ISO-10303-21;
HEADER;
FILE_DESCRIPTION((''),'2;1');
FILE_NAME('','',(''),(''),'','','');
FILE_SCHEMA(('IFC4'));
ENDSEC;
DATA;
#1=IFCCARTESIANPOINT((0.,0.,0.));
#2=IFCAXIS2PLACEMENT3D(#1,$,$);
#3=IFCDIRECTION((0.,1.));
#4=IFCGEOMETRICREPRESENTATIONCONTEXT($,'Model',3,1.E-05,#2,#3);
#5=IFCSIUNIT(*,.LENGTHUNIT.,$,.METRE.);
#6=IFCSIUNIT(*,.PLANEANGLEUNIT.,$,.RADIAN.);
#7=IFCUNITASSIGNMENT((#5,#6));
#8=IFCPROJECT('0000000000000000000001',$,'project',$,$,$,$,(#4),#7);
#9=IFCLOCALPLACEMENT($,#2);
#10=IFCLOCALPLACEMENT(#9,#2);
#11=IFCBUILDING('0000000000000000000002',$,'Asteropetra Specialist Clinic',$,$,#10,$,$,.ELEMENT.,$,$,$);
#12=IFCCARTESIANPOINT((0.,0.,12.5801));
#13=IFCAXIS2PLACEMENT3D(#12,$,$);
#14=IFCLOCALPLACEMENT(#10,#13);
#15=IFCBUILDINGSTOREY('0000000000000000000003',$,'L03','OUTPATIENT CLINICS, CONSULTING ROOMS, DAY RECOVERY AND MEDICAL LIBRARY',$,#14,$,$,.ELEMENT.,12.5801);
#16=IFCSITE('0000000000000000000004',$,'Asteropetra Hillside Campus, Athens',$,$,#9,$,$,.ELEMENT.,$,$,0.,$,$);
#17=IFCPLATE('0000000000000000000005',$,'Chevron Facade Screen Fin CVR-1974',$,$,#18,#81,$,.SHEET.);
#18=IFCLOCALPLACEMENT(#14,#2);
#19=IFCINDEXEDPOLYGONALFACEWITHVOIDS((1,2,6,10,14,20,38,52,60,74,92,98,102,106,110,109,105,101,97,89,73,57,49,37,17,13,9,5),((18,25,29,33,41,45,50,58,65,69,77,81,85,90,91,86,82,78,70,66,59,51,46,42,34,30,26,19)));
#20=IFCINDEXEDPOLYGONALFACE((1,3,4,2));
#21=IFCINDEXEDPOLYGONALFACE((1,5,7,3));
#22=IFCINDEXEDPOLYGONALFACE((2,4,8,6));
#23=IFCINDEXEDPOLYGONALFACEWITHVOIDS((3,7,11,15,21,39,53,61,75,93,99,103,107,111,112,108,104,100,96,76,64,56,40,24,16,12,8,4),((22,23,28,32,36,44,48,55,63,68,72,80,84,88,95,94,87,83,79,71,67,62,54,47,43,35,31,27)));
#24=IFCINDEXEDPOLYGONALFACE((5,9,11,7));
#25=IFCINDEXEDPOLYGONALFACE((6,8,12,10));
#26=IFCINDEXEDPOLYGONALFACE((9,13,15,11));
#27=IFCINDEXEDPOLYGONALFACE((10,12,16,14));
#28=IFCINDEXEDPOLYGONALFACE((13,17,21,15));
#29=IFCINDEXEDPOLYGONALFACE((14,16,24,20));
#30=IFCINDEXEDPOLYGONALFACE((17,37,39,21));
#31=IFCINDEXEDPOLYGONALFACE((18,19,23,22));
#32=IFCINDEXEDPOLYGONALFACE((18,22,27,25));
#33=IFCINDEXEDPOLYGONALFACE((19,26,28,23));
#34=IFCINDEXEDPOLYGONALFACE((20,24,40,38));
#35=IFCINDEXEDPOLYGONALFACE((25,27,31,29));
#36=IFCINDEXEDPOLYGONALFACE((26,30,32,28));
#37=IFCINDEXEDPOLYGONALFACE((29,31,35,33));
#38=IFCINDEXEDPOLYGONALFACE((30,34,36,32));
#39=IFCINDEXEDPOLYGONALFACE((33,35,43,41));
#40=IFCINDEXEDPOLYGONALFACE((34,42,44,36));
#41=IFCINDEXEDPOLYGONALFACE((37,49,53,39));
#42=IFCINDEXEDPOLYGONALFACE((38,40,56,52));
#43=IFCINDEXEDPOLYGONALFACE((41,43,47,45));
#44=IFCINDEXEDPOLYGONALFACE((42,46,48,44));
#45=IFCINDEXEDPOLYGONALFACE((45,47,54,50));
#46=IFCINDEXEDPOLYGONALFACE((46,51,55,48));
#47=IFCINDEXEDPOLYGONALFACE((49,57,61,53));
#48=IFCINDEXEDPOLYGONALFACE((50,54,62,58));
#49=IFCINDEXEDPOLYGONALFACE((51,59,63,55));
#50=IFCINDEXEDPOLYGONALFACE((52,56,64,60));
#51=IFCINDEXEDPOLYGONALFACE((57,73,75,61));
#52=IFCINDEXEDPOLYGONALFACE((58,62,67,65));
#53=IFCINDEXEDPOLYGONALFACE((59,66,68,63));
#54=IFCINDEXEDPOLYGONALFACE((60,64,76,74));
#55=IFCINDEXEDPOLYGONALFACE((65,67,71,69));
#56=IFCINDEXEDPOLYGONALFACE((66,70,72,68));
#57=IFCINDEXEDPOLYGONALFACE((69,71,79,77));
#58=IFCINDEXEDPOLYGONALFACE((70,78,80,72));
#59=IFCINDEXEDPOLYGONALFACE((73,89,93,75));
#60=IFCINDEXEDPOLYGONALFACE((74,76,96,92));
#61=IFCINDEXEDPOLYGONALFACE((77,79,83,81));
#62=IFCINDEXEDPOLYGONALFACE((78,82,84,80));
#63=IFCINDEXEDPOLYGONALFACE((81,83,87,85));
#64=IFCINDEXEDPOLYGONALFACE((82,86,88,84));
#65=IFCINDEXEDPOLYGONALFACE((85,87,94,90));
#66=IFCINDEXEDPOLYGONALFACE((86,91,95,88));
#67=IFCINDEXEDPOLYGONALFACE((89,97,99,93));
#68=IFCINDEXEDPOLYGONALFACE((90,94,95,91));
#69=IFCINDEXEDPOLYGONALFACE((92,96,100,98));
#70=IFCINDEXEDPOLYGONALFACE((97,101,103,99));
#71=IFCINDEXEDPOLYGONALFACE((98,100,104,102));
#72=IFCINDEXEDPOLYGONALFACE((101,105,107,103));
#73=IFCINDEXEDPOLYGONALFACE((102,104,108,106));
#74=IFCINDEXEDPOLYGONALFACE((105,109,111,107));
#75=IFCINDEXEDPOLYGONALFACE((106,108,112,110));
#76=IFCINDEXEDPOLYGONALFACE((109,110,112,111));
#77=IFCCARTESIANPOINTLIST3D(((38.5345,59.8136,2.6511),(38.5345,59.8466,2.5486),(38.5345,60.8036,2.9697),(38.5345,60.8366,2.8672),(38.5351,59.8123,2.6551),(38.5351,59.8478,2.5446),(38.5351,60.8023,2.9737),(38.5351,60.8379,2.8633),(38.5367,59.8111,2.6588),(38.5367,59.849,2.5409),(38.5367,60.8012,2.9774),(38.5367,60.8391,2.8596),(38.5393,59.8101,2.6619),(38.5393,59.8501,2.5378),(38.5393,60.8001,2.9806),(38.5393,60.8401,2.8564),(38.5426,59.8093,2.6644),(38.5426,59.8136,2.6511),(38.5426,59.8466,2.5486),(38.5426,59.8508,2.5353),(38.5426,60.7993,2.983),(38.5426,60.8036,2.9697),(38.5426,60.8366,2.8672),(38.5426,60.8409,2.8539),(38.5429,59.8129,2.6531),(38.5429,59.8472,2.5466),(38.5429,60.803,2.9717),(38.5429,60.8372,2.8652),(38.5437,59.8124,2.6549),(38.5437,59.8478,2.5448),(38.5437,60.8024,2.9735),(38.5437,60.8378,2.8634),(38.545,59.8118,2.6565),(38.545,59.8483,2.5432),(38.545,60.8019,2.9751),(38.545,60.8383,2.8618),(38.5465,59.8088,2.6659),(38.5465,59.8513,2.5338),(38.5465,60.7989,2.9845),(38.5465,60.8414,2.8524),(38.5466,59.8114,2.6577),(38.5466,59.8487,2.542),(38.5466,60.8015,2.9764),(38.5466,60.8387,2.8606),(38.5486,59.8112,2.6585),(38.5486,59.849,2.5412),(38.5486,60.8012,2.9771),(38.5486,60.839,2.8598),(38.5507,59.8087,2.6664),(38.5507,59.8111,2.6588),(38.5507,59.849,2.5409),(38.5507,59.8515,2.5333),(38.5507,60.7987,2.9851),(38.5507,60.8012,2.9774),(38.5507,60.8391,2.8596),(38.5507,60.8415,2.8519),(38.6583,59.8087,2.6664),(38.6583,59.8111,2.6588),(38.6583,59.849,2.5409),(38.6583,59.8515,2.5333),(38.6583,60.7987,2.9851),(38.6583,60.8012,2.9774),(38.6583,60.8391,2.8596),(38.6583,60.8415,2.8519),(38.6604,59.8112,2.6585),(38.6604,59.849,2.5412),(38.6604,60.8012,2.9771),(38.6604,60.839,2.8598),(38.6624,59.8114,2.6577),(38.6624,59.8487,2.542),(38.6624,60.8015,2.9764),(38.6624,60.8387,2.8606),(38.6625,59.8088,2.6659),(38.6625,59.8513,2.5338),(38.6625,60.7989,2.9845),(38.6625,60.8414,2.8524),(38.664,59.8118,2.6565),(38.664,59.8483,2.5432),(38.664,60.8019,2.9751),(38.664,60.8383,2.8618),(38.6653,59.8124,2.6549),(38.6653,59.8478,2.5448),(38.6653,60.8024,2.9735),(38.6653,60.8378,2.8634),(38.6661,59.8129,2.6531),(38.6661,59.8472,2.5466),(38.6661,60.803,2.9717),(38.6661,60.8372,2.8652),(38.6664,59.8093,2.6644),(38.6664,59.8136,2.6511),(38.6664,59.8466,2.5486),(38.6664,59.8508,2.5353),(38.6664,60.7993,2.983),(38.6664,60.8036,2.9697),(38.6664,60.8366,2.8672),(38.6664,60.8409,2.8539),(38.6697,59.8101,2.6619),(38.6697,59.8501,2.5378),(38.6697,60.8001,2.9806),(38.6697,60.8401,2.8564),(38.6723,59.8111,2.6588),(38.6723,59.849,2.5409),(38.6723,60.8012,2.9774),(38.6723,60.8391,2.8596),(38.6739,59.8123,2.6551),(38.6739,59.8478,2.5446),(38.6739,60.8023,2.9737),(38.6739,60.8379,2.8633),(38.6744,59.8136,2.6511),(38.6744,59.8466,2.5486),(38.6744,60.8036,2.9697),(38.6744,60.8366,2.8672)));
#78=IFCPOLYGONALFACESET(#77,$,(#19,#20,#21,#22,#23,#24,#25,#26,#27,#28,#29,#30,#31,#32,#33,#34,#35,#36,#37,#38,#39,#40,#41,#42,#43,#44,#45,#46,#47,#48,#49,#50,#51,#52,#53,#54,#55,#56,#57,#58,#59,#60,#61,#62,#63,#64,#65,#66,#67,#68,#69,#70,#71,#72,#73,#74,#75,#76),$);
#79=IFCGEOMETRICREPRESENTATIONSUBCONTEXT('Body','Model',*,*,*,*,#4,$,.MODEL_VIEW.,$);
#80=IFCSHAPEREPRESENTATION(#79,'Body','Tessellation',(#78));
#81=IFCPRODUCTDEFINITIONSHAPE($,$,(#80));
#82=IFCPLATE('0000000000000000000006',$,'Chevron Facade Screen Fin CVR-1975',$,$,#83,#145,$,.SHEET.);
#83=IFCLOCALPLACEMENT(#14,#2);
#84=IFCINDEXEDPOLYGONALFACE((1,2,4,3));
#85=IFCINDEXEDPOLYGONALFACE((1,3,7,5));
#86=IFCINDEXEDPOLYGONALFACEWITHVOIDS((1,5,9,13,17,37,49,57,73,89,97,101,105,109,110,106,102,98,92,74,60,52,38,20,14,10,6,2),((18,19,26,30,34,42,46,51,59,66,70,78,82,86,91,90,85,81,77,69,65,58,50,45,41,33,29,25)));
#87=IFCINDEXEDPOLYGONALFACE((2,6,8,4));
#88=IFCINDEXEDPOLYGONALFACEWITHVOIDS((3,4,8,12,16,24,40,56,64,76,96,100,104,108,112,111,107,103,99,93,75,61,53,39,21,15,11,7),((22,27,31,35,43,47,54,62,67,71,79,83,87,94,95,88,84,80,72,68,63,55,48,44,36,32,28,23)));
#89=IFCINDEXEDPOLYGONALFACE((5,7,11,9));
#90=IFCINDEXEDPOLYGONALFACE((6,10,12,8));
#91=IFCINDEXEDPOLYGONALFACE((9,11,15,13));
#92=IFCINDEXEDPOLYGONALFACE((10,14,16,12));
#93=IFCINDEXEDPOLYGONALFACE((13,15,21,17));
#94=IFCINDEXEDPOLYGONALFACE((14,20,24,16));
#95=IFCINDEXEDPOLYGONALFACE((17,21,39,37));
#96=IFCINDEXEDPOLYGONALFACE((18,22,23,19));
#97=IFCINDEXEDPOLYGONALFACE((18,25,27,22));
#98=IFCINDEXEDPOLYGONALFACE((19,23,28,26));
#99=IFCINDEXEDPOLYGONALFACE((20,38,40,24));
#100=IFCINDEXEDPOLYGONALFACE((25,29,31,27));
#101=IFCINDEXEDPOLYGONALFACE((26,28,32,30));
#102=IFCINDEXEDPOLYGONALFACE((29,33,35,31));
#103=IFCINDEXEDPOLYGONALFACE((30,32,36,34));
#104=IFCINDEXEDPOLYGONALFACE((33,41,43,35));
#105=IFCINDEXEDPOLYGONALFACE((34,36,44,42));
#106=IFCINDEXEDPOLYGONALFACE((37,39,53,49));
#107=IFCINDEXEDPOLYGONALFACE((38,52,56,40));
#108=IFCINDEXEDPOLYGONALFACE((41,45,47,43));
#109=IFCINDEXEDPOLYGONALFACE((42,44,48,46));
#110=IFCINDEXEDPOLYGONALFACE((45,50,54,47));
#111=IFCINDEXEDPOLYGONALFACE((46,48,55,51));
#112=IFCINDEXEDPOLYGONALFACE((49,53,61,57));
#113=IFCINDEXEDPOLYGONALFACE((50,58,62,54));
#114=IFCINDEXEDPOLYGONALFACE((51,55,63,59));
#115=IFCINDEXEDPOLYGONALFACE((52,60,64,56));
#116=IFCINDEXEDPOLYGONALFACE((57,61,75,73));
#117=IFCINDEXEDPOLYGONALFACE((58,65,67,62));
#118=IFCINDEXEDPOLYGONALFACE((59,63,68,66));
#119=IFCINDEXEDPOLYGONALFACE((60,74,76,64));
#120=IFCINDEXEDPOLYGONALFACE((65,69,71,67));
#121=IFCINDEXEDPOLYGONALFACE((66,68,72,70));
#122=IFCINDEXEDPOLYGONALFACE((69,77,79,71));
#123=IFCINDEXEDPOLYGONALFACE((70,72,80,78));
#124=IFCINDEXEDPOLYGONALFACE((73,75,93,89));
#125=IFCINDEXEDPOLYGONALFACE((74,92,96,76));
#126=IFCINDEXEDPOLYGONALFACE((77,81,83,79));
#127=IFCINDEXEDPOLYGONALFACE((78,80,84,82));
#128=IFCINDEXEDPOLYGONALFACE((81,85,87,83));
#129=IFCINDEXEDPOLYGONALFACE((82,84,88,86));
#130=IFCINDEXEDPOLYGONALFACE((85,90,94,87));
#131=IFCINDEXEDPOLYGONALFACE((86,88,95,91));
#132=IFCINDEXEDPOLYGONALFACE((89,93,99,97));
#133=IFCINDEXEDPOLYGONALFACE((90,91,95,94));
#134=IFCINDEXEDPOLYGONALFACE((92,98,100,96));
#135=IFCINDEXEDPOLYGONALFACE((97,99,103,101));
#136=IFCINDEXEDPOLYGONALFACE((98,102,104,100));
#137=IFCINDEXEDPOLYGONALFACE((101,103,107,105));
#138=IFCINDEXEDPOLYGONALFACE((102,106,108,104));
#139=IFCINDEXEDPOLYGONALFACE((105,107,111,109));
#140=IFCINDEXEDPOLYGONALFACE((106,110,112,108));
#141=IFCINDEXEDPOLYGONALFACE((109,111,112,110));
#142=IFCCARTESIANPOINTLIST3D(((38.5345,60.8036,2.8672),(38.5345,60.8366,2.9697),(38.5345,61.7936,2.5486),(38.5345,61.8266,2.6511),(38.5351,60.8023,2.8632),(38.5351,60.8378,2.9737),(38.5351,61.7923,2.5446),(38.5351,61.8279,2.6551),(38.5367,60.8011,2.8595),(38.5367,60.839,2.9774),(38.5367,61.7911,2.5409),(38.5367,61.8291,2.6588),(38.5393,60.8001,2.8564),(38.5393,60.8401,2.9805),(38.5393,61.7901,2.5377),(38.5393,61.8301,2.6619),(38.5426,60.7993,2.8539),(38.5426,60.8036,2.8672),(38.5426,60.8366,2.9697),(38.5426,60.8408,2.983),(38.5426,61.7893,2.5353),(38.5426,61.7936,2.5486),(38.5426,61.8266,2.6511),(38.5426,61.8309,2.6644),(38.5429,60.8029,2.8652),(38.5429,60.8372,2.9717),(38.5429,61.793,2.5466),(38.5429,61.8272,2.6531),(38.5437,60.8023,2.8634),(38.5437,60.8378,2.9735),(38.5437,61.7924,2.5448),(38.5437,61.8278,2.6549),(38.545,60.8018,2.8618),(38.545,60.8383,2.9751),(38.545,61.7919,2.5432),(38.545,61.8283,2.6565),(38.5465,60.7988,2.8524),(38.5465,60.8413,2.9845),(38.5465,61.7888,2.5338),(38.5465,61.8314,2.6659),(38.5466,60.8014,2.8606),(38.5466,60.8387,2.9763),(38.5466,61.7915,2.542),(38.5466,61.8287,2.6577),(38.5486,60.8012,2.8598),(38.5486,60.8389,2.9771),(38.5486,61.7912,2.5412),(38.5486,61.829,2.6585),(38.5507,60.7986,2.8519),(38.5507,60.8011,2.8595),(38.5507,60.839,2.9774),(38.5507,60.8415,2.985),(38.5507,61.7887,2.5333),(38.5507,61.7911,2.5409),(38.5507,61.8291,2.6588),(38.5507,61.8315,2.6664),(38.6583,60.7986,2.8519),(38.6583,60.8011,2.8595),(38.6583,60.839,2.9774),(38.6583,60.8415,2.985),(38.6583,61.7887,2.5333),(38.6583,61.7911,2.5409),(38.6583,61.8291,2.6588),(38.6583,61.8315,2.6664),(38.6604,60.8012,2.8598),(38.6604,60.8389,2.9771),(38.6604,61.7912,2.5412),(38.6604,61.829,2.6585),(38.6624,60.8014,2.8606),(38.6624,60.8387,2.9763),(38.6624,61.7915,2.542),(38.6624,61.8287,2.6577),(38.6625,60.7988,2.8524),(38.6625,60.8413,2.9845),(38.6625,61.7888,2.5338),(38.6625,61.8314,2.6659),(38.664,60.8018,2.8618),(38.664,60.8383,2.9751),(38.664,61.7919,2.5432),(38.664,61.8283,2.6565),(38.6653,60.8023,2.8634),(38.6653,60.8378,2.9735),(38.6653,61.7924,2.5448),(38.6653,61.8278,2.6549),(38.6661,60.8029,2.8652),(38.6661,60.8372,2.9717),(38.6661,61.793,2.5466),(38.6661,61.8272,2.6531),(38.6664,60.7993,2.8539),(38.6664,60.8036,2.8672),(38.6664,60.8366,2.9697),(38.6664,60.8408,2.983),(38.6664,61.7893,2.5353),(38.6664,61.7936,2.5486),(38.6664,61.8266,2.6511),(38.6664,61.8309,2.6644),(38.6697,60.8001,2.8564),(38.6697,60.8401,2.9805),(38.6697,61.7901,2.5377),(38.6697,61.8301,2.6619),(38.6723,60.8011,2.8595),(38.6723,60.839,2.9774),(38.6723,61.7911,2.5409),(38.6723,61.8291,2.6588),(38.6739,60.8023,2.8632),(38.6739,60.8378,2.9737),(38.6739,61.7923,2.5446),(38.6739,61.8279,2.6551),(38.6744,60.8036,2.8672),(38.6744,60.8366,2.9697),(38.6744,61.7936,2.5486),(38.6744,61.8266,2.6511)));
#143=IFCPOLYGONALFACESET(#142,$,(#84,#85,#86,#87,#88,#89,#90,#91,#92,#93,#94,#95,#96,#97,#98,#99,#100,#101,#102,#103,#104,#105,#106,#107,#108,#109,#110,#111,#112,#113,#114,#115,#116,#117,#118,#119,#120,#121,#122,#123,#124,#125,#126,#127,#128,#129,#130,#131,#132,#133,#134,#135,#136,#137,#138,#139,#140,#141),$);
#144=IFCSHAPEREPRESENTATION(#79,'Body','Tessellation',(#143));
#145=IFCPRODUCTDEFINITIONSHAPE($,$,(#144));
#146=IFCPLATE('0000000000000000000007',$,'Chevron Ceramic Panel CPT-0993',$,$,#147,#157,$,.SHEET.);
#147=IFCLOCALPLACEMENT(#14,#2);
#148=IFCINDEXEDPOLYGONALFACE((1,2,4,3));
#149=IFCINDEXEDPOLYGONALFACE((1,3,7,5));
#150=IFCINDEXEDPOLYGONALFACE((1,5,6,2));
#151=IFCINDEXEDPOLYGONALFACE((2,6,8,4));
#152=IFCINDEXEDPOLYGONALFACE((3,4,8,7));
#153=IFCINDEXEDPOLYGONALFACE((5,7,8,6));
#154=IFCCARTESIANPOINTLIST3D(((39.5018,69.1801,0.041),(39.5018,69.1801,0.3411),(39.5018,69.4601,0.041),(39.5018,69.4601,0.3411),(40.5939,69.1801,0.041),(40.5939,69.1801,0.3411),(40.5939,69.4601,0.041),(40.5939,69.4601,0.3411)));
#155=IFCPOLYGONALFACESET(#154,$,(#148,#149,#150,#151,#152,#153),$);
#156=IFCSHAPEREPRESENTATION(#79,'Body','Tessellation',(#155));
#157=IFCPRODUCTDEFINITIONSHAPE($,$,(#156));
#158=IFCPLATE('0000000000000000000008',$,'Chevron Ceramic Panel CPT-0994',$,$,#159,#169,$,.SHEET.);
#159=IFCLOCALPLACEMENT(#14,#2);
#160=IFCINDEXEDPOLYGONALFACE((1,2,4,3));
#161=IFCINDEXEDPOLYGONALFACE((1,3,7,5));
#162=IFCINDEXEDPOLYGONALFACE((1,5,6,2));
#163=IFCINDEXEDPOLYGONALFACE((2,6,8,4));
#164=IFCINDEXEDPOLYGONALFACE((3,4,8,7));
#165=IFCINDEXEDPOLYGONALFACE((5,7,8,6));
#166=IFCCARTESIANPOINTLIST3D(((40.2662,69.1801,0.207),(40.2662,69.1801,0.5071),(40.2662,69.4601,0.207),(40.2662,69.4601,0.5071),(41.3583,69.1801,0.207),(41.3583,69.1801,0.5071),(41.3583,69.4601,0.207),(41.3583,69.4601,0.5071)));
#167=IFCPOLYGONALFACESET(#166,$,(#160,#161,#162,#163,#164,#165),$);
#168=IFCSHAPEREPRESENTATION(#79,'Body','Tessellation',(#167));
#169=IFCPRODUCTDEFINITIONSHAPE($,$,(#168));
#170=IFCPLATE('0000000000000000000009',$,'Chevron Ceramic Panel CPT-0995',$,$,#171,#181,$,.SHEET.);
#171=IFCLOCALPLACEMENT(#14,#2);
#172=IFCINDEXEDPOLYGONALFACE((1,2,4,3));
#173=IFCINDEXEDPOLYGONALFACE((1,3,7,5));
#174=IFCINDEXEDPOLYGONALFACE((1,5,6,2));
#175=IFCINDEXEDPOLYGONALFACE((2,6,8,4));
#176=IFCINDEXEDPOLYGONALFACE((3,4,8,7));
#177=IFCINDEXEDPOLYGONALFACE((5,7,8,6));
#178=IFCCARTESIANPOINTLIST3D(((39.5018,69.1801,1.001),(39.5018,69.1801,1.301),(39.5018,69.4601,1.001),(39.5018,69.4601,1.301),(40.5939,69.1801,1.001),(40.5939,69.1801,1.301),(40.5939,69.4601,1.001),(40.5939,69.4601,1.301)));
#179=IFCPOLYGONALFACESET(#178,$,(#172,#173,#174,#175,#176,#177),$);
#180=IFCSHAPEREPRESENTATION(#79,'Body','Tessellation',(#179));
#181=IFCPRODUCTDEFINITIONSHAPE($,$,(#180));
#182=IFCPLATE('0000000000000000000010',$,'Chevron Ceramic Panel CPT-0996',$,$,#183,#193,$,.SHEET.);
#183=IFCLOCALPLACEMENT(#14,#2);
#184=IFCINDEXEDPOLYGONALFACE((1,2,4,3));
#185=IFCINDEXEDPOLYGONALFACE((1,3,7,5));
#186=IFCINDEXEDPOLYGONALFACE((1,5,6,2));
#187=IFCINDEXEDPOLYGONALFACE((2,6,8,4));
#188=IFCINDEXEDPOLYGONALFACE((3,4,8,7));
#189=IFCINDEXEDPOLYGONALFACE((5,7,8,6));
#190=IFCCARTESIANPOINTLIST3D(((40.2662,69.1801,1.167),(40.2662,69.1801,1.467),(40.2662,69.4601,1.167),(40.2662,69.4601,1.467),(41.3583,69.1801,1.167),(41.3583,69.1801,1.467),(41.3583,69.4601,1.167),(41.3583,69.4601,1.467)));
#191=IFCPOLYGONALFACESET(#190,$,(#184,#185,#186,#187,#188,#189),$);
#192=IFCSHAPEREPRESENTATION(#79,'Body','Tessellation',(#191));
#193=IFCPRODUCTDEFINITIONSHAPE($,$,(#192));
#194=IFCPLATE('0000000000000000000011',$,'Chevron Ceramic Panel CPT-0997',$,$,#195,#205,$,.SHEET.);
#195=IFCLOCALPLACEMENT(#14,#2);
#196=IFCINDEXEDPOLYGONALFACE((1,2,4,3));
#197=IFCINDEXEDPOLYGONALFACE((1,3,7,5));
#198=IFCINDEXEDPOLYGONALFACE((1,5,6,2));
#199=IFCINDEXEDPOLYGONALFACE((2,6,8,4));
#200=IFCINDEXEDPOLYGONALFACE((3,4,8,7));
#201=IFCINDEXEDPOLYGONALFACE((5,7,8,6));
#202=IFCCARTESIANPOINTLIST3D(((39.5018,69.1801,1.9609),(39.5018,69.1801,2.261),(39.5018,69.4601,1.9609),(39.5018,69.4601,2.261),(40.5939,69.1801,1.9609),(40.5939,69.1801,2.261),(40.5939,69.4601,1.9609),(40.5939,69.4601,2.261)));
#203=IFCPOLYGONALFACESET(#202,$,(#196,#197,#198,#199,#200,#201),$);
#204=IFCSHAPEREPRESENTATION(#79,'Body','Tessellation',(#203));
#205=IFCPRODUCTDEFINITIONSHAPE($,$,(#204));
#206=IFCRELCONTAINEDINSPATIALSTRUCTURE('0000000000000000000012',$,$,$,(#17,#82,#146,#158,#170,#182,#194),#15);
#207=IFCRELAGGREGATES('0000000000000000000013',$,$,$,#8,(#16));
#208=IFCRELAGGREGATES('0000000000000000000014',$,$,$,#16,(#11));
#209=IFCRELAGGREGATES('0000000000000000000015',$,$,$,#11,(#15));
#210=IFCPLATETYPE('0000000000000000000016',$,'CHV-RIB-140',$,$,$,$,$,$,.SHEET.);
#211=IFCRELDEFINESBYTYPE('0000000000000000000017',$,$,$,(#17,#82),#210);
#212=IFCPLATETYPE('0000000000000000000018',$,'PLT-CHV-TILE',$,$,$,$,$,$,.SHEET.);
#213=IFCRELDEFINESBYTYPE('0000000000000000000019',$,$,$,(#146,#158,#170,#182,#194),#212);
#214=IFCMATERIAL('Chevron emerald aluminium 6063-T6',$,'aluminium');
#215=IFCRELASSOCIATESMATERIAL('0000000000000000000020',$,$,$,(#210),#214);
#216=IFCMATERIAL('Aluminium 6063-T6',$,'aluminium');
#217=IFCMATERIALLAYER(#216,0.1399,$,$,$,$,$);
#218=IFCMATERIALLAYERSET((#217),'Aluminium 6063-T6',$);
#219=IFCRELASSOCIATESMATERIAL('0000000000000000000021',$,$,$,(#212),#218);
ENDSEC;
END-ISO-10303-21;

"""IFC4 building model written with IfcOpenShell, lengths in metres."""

from ifc_helpers import new_model, si_unit, direction, frame, origin, origin_2d, place, context, subcontext, project, spatial, rectangle, hollow_rectangle, extrude, material, layer, layer_set, material_profile, profile_set, type_object, element, save


model = new_model("IFC4")

# Units and contexts
model_context = context("Model", 3, precision=1e-05, world=origin(), true_north=direction((0.0, 1.0)))
body_context = subcontext(model_context, "Body", "Model", "MODEL_VIEW")
ifc_project = project(units=[si_unit("LENGTHUNIT", "METRE"), si_unit("PLANEANGLEUNIT", "RADIAN")], contexts=[model_context])

# Site, building, storey
site_placement = place(None, origin())
site = spatial("IfcSite", under=ifc_project, at=site_placement, Name="Asteropetra Hillside Campus, Athens", CompositionType="ELEMENT", RefElevation=0.0)
building_placement = place(site_placement, origin())
building = spatial("IfcBuilding", under=site, at=building_placement, Name="Asteropetra Specialist Clinic", CompositionType="ELEMENT")
storey_placement = place(building_placement, frame((0.0, 0.0, 12.5801)))
storey = spatial("IfcBuildingStorey", under=building, at=storey_placement, Name="L03", Description="OUTPATIENT CLINICS, CONSULTING ROOMS, DAY RECOVERY AND MEDICAL LIBRARY", CompositionType="ELEMENT", Elevation=12.5801)

# Plates
ifc_material_1 = material(Name="Chevron emerald aluminium 6063-T6", Category="aluminium")
ifc_material_profile_1 = material_profile(ifc_material_1, hollow_rectangle(XDim=0.1399, YDim=0.1399, WallThickness=0.0081, InnerFilletRadius=0.0081, OuterFilletRadius=0.0161, at=origin_2d()), Name="SHS 140x140x8.0")
ifc_profile_set_1 = profile_set([ifc_material_profile_1], Name="Chevron emerald aluminium 6063-T6")
plate_type_1 = type_object("IfcPlateType", Name="CHV-RIB-140", PredefinedType="SHEET", material=ifc_profile_set_1)
for number, where, z_axis, x_axis, name in (
    (1, (38.6045, 59.8301, 2.5999), (0.0, 0.951919, 0.306351), (-1.0, 0.0, 0.0), "Chevron Facade Screen Fin CVR-1974"),
    (2, (38.6045, 60.8201, 2.9185), (0.0, 0.951919, -0.306351), (-1.0, 0.0, 0.0), "Chevron Facade Screen Fin CVR-1975"),
):
    element("IfcPlate", number, at=place(storey_placement, frame(where, z_axis=z_axis, x_axis=x_axis)), inside=storey, type_object=plate_type_1, Name=name, PredefinedType="SHEET", context=body_context, shape_type="SweptSolid", body=[
        extrude(hollow_rectangle(XDim=0.1399, YDim=0.1399, WallThickness=0.0081, InnerFilletRadius=0.0081, OuterFilletRadius=0.0161, at=origin_2d()), origin(), (0.0, 0.0, 1.0), 1.04),
    ])
ifc_material_2 = material(Name="Aluminium 6063-T6", Category="aluminium")
ifc_layer_1 = layer(ifc_material_2, 0.1399)
ifc_layer_set_1 = layer_set([ifc_layer_1], Name="Aluminium 6063-T6")
plate_type_2 = type_object("IfcPlateType", Name="PLT-CHV-TILE", PredefinedType="SHEET", material=ifc_layer_set_1)
for number, where, z_axis, x_axis, name in (
    (3, (40.0479, 69.3201, 0.041), (0.0, 0.0, 1.0), (1.0, 0.0, 0.0), "Chevron Ceramic Panel CPT-0993"),
    (4, (40.8123, 69.3201, 0.207), (0.0, 0.0, 1.0), (1.0, 0.0, 0.0), "Chevron Ceramic Panel CPT-0994"),
    (5, (40.0479, 69.3201, 1.001), (0.0, 0.0, 1.0), (1.0, 0.0, 0.0), "Chevron Ceramic Panel CPT-0995"),
    (6, (40.8123, 69.3201, 1.167), (0.0, 0.0, 1.0), (1.0, 0.0, 0.0), "Chevron Ceramic Panel CPT-0996"),
    (7, (40.0479, 69.3201, 1.9609), (0.0, 0.0, 1.0), (1.0, 0.0, 0.0), "Chevron Ceramic Panel CPT-0997"),
):
    element("IfcPlate", number, at=place(storey_placement, frame(where, z_axis=z_axis, x_axis=x_axis)), inside=storey, type_object=plate_type_2, Name=name, PredefinedType="SHEET", context=body_context, shape_type="SweptSolid", body=[
        extrude(rectangle(XDim=1.092, YDim=0.28, at=origin_2d()), origin(), (0.0, 0.0, 1.0), 0.3),
    ])

save(model, "model.ifc")
